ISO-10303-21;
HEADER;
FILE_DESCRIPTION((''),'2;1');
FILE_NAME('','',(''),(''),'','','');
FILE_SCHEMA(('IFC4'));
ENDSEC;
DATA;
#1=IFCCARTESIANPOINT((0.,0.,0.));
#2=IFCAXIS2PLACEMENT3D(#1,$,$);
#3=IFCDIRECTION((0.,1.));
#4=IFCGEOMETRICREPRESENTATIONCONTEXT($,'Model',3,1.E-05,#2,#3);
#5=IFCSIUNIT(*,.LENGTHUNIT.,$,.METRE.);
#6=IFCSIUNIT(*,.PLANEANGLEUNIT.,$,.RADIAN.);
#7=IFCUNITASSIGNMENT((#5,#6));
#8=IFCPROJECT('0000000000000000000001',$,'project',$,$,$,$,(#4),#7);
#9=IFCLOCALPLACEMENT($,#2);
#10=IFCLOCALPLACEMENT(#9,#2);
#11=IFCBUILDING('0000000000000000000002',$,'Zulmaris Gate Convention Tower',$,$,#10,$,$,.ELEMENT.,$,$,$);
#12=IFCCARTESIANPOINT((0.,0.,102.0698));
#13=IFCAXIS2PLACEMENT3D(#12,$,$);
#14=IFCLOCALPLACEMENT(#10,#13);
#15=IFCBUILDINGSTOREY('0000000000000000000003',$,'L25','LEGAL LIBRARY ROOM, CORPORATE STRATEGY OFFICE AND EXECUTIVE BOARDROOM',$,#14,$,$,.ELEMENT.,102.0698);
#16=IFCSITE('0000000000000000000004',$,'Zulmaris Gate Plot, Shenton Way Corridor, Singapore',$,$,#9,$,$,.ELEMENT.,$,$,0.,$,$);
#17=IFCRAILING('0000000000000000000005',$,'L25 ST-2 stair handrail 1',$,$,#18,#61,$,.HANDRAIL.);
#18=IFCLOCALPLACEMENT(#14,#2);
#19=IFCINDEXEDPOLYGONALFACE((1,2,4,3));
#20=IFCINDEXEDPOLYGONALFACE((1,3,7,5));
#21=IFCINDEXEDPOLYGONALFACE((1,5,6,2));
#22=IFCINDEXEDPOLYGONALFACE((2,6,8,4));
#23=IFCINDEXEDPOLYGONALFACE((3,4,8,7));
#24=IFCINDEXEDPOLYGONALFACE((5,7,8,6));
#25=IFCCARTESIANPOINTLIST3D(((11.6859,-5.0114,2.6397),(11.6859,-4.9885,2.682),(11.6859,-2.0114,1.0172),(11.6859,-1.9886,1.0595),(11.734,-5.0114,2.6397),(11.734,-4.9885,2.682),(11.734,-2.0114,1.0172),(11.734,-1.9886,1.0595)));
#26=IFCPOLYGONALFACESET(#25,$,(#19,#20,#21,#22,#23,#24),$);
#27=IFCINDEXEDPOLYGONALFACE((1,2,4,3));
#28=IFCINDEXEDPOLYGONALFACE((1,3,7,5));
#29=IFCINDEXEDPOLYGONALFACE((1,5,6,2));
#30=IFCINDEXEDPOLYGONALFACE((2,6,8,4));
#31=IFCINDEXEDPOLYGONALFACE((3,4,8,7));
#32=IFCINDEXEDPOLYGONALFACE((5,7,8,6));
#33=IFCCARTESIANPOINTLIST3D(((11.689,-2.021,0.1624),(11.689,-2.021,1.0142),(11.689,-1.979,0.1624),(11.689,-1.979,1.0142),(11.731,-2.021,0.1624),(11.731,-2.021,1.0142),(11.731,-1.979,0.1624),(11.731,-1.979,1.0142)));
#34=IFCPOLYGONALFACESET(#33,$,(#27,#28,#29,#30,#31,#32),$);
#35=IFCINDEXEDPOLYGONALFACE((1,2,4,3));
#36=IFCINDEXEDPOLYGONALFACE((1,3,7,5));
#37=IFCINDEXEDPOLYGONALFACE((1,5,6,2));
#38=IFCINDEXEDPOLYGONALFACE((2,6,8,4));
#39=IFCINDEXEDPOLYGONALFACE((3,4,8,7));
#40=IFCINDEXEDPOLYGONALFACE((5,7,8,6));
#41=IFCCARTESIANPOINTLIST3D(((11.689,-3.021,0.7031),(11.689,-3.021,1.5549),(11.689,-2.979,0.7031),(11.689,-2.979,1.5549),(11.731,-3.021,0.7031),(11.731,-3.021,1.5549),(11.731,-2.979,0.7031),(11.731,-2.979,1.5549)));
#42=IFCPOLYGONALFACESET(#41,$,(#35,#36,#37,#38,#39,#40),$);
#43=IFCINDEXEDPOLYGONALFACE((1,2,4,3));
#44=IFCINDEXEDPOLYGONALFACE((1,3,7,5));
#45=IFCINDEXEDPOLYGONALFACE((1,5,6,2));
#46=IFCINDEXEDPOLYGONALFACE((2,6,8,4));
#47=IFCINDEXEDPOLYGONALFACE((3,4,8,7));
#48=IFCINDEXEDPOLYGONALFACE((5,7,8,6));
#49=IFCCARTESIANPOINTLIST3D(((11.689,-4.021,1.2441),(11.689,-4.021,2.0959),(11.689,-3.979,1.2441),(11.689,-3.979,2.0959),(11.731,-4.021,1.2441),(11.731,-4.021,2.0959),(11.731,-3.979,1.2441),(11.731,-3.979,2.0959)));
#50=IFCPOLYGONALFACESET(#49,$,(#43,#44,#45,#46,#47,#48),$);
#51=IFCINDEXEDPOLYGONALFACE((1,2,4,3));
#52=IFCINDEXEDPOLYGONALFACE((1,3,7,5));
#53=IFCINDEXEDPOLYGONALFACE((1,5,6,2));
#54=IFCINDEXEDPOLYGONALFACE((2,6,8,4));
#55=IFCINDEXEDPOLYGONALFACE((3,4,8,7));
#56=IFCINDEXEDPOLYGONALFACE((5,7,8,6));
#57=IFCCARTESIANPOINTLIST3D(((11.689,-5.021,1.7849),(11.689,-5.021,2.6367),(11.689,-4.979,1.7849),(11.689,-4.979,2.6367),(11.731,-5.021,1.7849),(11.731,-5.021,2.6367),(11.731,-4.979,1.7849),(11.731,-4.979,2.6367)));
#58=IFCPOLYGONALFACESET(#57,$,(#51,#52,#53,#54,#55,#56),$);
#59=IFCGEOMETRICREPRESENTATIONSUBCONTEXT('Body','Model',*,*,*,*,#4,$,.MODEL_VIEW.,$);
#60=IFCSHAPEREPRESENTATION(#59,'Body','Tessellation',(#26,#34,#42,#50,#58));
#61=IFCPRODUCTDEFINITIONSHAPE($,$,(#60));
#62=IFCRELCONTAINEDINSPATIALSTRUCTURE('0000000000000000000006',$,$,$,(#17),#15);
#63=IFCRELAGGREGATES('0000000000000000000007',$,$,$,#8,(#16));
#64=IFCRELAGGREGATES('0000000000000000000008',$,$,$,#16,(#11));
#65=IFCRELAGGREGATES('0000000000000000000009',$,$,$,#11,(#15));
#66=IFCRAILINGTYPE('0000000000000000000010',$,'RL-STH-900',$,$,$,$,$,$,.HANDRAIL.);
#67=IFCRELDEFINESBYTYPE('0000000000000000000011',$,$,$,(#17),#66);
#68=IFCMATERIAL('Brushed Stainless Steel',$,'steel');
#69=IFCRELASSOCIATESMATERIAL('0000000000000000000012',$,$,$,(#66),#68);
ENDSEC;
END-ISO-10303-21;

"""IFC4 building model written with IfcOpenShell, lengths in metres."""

from ifc_helpers import new_model, si_unit, direction, frame, origin, origin_2d, place, context, subcontext, project, spatial, rectangle, extrude, material, type_object, element, save


model = new_model("IFC4")

# Units and contexts
model_context = context("Model", 3, precision=1e-05, world=origin(), true_north=direction((0.0, 1.0)))
body_context = subcontext(model_context, "Body", "Model", "MODEL_VIEW")
ifc_project = project(units=[si_unit("LENGTHUNIT", "METRE"), si_unit("PLANEANGLEUNIT", "RADIAN")], contexts=[model_context])

# Site, building, storey
site_placement = place(None, origin())
site = spatial("IfcSite", under=ifc_project, at=site_placement, Name="Zulmaris Gate Plot, Shenton Way Corridor, Singapore", CompositionType="ELEMENT", RefElevation=0.0)
building_placement = place(site_placement, origin())
building = spatial("IfcBuilding", under=site, at=building_placement, Name="Zulmaris Gate Convention Tower", CompositionType="ELEMENT")
storey_placement = place(building_placement, frame((0.0, 0.0, 102.0698)))
storey = spatial("IfcBuildingStorey", under=building, at=storey_placement, Name="L25", Description="LEGAL LIBRARY ROOM, CORPORATE STRATEGY OFFICE AND EXECUTIVE BOARDROOM", CompositionType="ELEMENT", Elevation=102.0698)

# Railing
ifc_material_1 = material(Name="Brushed Stainless Steel", Category="steel")
railing_type_1 = type_object("IfcRailingType", Name="RL-STH-900", PredefinedType="HANDRAIL", material=ifc_material_1)
railing_1_placement = place(storey_placement, frame((11.71, -2.0, 0.1624)))
element("IfcRailing", 1, at=railing_1_placement, inside=storey, type_object=railing_type_1, Name="L25 ST-2 stair handrail 1", PredefinedType="HANDRAIL", context=body_context, shape_type="SweptSolid", body=[
    extrude(rectangle(XDim=0.0481, YDim=0.0481, at=origin_2d()), frame((0.0, 0.0, 0.876), z_axis=(0.0, -0.879592, 0.47573), x_axis=(1.0, 0.0, 0.0)), (0.0, 0.0, 1.0), 3.4106),
    extrude(rectangle(XDim=0.042, YDim=0.042, at=origin_2d()), origin(), (0.0, 0.0, 1.0), 0.8518),
    extrude(rectangle(XDim=0.042, YDim=0.042, at=origin_2d()), frame((0.0, -1.0, 0.5408)), (0.0, 0.0, 1.0), 0.8518),
    extrude(rectangle(XDim=0.042, YDim=0.042, at=origin_2d()), frame((0.0, -2.0, 1.0818)), (0.0, 0.0, 1.0), 0.8518),
    extrude(rectangle(XDim=0.042, YDim=0.042, at=origin_2d()), frame((0.0, -3.0, 1.6226)), (0.0, 0.0, 1.0), 0.8518),
])

save(model, "model.ifc")
